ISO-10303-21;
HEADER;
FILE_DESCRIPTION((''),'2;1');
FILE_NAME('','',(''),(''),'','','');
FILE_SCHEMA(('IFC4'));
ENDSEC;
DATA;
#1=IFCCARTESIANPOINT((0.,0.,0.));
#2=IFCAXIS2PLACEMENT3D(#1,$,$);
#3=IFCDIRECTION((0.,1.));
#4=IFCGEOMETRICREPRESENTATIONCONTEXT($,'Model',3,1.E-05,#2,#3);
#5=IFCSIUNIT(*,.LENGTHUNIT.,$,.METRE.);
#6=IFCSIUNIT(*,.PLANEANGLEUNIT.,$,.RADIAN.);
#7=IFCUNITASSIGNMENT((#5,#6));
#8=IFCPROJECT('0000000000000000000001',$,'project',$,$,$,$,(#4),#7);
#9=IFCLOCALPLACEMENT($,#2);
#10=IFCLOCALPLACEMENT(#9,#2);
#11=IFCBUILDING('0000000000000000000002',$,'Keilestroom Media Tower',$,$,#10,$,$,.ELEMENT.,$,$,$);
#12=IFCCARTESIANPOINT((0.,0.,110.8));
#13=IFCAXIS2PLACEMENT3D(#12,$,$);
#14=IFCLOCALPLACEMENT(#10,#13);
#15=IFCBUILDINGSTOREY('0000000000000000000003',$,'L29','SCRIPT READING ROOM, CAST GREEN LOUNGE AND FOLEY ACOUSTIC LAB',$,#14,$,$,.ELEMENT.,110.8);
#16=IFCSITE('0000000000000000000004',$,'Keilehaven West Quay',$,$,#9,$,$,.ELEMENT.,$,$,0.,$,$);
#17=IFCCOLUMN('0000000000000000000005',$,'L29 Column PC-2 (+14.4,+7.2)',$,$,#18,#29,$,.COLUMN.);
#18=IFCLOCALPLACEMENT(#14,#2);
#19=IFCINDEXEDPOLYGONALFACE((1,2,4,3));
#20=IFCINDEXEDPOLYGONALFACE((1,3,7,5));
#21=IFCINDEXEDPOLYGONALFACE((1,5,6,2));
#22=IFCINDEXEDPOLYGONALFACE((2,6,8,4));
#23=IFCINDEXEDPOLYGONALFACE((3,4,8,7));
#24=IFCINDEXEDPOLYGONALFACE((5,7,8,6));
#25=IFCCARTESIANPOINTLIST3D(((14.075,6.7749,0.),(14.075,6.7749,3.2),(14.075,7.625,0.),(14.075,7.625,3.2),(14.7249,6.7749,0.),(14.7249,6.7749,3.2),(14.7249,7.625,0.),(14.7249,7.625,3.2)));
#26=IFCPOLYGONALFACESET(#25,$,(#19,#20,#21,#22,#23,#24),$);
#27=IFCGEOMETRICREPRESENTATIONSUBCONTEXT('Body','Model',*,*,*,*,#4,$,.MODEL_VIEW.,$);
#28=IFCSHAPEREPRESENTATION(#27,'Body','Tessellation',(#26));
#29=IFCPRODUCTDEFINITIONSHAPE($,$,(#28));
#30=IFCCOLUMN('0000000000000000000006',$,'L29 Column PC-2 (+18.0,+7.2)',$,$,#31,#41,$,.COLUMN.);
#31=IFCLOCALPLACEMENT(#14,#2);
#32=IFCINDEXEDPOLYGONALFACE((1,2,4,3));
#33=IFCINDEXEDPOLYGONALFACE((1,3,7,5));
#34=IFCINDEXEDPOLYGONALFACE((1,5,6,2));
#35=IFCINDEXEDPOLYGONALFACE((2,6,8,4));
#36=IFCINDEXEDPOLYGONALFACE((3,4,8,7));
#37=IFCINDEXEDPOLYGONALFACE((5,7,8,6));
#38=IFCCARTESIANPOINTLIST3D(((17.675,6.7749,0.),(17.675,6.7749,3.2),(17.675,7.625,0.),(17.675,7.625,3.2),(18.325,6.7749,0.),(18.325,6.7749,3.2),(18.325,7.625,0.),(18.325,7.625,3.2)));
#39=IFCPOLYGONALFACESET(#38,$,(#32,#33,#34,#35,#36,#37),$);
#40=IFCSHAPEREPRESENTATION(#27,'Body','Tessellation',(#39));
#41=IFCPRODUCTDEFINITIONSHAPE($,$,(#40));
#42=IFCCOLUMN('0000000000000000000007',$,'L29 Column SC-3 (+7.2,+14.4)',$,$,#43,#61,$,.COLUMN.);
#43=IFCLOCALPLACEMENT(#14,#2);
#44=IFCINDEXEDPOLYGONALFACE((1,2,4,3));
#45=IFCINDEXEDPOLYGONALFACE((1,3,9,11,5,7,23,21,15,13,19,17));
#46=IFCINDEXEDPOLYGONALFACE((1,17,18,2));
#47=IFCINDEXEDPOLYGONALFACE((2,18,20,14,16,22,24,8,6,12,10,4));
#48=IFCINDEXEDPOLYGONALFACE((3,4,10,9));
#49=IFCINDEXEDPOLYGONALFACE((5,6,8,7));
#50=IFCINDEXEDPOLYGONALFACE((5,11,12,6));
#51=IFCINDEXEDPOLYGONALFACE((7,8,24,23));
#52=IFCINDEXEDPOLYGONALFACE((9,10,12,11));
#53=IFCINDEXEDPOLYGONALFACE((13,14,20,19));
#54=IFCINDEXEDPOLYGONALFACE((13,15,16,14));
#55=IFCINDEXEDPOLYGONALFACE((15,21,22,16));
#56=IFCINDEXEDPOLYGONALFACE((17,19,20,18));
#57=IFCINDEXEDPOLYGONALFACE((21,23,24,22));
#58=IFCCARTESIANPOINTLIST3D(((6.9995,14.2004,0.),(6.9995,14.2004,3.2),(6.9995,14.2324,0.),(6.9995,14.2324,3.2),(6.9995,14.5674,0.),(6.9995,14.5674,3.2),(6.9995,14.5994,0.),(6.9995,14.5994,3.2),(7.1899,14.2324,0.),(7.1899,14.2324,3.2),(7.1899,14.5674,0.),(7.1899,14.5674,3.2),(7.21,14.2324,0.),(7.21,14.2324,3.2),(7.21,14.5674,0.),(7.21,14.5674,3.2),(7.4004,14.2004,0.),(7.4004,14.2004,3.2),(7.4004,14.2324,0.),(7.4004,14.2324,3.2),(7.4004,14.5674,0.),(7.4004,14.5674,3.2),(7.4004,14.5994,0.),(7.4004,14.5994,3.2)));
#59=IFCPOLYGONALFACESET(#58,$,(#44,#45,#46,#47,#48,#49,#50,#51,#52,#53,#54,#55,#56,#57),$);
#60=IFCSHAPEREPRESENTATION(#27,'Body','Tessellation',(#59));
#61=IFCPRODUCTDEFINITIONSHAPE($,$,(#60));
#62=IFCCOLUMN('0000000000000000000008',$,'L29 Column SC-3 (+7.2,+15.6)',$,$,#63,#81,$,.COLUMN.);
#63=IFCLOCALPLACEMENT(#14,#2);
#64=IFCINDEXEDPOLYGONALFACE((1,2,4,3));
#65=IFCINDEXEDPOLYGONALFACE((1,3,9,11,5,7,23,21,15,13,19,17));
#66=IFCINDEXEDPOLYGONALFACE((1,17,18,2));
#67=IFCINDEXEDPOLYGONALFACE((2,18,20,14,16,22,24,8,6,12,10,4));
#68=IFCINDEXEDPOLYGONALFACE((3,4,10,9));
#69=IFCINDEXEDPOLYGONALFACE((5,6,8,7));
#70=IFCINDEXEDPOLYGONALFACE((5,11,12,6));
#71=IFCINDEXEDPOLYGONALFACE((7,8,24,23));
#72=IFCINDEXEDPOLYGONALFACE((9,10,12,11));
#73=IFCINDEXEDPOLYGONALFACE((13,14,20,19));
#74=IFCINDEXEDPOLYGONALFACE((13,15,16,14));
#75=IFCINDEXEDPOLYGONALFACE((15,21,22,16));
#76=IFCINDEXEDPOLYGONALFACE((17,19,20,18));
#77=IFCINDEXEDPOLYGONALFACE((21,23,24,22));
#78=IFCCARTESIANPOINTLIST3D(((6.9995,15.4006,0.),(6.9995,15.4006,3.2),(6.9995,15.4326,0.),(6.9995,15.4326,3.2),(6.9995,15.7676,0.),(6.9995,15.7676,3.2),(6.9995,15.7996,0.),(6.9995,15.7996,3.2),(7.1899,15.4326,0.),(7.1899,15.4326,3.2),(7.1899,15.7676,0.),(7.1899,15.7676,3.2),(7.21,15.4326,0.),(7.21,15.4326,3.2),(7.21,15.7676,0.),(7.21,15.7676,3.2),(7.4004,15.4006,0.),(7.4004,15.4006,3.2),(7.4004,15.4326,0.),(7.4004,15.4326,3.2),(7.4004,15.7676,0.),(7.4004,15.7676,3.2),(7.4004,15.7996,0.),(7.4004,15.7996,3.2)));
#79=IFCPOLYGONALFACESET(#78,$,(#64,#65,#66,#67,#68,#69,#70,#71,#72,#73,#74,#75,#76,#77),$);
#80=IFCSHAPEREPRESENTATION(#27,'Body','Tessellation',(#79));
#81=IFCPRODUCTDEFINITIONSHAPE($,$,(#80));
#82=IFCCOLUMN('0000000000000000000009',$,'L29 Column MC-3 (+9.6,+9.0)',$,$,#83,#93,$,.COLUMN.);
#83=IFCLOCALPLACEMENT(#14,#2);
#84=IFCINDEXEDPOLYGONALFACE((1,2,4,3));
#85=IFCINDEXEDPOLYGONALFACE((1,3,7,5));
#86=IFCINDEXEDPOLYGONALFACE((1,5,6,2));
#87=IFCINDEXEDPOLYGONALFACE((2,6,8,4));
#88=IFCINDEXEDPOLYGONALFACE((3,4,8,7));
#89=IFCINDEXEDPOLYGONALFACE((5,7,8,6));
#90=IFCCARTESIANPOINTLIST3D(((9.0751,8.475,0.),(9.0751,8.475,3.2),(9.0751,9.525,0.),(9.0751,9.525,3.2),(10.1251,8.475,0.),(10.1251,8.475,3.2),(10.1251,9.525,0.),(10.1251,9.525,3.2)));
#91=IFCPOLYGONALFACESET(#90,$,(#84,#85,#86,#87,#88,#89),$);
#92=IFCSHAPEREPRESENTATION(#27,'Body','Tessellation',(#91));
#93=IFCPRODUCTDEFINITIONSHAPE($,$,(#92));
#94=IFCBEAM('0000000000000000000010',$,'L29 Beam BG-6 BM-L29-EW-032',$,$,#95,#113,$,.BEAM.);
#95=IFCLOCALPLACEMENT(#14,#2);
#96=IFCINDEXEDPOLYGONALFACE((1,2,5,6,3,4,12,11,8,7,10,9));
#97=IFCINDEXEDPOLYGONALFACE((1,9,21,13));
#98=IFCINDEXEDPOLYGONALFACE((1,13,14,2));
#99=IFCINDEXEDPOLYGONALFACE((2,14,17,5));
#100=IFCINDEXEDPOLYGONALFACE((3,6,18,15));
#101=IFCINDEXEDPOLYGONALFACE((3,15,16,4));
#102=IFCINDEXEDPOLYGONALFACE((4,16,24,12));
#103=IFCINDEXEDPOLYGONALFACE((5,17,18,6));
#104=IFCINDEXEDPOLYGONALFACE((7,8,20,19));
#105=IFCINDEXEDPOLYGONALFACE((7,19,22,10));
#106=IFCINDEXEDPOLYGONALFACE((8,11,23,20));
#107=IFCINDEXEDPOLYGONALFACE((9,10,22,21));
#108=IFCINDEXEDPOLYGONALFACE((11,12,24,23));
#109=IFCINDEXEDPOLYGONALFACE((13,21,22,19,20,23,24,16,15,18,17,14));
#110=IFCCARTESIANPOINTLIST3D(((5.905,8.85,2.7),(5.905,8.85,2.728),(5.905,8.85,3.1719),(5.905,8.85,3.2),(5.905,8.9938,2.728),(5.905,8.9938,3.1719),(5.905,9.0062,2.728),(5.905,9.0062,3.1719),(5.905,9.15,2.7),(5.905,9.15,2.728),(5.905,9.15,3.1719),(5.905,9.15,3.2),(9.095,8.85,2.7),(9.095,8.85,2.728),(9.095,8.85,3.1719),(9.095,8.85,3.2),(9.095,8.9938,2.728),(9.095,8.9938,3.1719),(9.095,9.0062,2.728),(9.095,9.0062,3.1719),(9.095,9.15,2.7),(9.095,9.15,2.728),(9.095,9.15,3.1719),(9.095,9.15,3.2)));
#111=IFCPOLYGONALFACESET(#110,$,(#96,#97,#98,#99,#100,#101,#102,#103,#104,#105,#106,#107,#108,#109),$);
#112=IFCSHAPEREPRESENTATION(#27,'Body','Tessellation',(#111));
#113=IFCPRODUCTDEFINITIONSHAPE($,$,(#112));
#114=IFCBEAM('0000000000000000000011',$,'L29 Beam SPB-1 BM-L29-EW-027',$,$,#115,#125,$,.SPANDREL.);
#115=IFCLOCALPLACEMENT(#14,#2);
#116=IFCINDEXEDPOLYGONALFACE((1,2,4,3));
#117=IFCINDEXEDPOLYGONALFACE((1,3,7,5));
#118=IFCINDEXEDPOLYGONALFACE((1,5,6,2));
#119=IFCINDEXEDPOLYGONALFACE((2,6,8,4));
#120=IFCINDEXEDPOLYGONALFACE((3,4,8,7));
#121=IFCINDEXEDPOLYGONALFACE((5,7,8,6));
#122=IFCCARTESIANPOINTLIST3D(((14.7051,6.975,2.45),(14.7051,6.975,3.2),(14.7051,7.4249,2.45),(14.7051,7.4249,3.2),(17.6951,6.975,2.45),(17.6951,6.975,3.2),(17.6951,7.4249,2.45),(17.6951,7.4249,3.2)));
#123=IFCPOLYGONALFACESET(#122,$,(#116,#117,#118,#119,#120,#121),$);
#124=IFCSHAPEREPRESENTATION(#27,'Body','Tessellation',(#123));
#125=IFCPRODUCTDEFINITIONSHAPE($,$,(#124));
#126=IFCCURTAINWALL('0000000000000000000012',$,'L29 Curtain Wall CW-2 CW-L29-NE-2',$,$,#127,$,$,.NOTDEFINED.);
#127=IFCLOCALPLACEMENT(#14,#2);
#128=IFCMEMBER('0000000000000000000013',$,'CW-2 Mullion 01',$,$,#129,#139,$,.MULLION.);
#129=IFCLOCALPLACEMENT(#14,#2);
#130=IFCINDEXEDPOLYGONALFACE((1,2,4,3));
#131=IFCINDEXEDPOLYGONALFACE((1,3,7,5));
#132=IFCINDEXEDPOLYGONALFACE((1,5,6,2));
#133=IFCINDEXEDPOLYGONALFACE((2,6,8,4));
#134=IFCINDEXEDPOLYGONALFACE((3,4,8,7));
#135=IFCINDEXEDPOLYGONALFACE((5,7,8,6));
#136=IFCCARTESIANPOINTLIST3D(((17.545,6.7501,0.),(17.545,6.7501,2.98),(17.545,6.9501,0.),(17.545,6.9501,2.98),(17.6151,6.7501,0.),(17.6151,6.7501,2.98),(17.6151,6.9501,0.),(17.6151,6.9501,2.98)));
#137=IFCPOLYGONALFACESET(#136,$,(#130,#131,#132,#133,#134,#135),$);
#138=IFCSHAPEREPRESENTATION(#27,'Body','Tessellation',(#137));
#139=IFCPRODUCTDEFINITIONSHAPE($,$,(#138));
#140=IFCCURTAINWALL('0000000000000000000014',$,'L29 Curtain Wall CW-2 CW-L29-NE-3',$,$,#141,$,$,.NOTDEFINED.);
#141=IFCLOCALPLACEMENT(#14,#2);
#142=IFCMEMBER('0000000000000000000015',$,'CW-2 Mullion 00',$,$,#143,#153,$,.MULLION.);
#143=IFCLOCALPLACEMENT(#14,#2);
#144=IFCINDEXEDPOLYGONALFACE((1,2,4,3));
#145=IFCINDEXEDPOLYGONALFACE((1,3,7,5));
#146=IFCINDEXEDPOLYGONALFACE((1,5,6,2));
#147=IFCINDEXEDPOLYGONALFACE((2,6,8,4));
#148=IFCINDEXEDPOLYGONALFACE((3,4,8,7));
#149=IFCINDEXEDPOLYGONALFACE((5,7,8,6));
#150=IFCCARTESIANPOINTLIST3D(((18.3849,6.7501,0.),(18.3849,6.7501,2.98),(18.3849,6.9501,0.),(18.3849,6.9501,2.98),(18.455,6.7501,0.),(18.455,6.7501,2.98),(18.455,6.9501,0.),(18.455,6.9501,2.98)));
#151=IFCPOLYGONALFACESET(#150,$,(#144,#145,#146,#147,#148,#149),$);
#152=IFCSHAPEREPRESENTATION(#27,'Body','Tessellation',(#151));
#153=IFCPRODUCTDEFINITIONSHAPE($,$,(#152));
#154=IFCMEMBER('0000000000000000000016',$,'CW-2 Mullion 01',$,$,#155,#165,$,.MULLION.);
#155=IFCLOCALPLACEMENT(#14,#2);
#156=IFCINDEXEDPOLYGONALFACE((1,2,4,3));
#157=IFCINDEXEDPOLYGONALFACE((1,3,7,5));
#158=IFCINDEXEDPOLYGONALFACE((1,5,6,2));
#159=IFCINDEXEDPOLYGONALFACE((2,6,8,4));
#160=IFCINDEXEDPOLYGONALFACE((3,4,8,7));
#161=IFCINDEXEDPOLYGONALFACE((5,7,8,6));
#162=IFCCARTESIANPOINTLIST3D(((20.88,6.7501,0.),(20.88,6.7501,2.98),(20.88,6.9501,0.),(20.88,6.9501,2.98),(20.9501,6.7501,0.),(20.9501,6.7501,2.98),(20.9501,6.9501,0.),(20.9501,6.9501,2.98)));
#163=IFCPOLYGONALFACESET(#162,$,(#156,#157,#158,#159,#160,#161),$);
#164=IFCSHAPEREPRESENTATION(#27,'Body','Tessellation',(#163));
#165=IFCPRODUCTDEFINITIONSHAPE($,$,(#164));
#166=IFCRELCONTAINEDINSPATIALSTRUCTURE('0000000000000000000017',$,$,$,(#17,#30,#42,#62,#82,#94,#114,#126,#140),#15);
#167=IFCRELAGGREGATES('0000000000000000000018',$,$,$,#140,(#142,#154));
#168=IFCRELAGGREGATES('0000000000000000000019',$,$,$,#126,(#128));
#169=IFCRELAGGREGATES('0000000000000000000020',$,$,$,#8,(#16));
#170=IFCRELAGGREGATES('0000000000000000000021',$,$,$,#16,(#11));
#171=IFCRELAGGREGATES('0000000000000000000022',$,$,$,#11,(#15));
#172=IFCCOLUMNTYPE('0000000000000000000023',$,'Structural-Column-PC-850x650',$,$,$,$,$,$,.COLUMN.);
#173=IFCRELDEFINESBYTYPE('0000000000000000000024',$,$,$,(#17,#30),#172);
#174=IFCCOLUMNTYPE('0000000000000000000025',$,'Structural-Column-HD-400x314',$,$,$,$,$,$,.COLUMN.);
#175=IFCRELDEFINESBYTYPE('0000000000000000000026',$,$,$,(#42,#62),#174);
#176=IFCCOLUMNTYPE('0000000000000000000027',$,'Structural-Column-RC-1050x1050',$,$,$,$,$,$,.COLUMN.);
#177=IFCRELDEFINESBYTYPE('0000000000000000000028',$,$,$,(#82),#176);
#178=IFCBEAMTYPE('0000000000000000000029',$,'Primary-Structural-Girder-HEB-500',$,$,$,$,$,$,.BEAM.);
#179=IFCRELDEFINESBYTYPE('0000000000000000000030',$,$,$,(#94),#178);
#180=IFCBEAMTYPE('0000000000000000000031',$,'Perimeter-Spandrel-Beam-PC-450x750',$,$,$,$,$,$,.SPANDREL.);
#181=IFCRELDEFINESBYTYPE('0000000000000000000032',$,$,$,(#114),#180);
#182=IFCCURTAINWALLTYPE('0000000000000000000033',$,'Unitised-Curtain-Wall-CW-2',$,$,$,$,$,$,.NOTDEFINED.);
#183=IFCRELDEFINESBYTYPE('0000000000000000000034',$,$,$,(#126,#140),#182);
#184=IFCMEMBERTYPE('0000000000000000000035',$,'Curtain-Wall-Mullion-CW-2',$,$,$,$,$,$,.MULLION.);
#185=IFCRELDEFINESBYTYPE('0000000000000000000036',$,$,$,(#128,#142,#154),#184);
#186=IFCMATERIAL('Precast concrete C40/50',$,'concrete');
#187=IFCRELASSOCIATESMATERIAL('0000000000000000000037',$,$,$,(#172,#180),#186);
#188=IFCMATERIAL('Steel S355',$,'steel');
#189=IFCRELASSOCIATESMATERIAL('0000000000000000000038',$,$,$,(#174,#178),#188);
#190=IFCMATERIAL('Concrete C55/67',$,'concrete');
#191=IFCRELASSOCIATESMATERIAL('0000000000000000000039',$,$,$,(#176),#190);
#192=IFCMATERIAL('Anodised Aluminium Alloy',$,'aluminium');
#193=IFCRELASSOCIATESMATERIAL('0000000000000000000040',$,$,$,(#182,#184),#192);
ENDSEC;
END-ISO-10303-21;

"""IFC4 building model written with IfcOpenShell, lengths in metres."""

from ifc_helpers import new_model, si_unit, direction, frame, origin, origin_2d, place, context, subcontext, project, spatial, rectangle, i_section, extrude, source, transform, mapped, material, material_profile, profile_set, type_object, element, aggregate, save


model = new_model("IFC4")

# Units and contexts
model_context = context("Model", 3, precision=1e-05, world=origin(), true_north=direction((0.0, 1.0)))
body_context = subcontext(model_context, "Body", "Model", "MODEL_VIEW")
ifc_project = project(units=[si_unit("LENGTHUNIT", "METRE"), si_unit("PLANEANGLEUNIT", "RADIAN")], contexts=[model_context])

# Site, building, storey
site_placement = place(None, origin())
site = spatial("IfcSite", under=ifc_project, at=site_placement, Name="Keilehaven West Quay", CompositionType="ELEMENT", RefElevation=0.0)
building_placement = place(site_placement, origin())
building = spatial("IfcBuilding", under=site, at=building_placement, Name="Keilestroom Media Tower", CompositionType="ELEMENT")
storey_placement = place(building_placement, frame((0.0, 0.0, 110.8)))
storey = spatial("IfcBuildingStorey", under=building, at=storey_placement, Name="L29", Description="SCRIPT READING ROOM, CAST GREEN LOUNGE AND FOLEY ACOUSTIC LAB", CompositionType="ELEMENT", Elevation=110.8)

# Columns
ifc_material_1 = material(Name="Precast concrete C40/50", Category="concrete")
ifc_material_profile_1 = material_profile(ifc_material_1, rectangle(XDim=0.6499, YDim=0.8501, at=origin_2d()), Name="PC 850x650")
ifc_profile_set_1 = profile_set([ifc_material_profile_1], Name="Precast concrete C40/50")
column_type_1 = type_object("IfcColumnType", Name="Structural-Column-PC-850x650", PredefinedType="COLUMN", material=ifc_profile_set_1)
shared_shape_1 = source(origin(), body_context, "Body", "SweptSolid", [
    extrude(rectangle(XDim=0.6499, YDim=0.8501, at=origin_2d()), origin(), (0.0, 0.0, 1.0), 3.2),
])
for number, where, z_axis, x_axis, name in (
    (1, (14.3999, 7.2, 0.0), (0.0, 0.0, 1.0), (1.0, 0.0, 0.0), "L29 Column PC-2 (+14.4,+7.2)"),
    (2, (18.0, 7.2, 0.0), (0.0, 0.0, 1.0), (1.0, 0.0, 0.0), "L29 Column PC-2 (+18.0,+7.2)"),
):
    element("IfcColumn", number, at=place(storey_placement, frame(where, z_axis=z_axis, x_axis=x_axis)), inside=storey, type_object=column_type_1, Name=name, PredefinedType="COLUMN", context=body_context, shape_type="MappedRepresentation", body=[
        mapped(shared_shape_1, transform((0.0, 0.0, 0.0), x_axis=(1.0, 0.0, 0.0), y_axis=(0.0, 1.0, 0.0), z_axis=(0.0, 0.0, 1.0), scale=1.0)),
    ])
ifc_material_2 = material(Name="Steel S355", Category="steel")
ifc_material_profile_2 = material_profile(ifc_material_2, i_section(OverallWidth=0.4009, OverallDepth=0.3989, WebThickness=0.02, FlangeThickness=0.032, at=origin_2d()), Name="HD 400x314")
ifc_profile_set_2 = profile_set([ifc_material_profile_2], Name="Steel S355")
column_type_2 = type_object("IfcColumnType", Name="Structural-Column-HD-400x314", PredefinedType="COLUMN", material=ifc_profile_set_2)
shared_shape_2 = source(origin(), body_context, "Body", "SweptSolid", [
    extrude(i_section(OverallWidth=0.4009, OverallDepth=0.3989, WebThickness=0.02, FlangeThickness=0.032, at=origin_2d()), origin(), (0.0, 0.0, 1.0), 3.2),
])
for number, where, z_axis, x_axis, name in (
    (3, (7.2, 14.3999, 0.0), (0.0, 0.0, 1.0), (1.0, 0.0, 0.0), "L29 Column SC-3 (+7.2,+14.4)"),
    (4, (7.2, 15.6001, 0.0), (0.0, 0.0, 1.0), (1.0, 0.0, 0.0), "L29 Column SC-3 (+7.2,+15.6)"),
):
    element("IfcColumn", number, at=place(storey_placement, frame(where, z_axis=z_axis, x_axis=x_axis)), inside=storey, type_object=column_type_2, Name=name, PredefinedType="COLUMN", context=body_context, shape_type="MappedRepresentation", body=[
        mapped(shared_shape_2, transform((0.0, 0.0, 0.0), x_axis=(1.0, 0.0, 0.0), y_axis=(0.0, 1.0, 0.0), z_axis=(0.0, 0.0, 1.0), scale=1.0)),
    ])
ifc_material_3 = material(Name="Concrete C55/67", Category="concrete")
ifc_material_profile_3 = material_profile(ifc_material_3, rectangle(XDim=1.05, YDim=1.05, at=origin_2d()), Name="RC 1050x1050")
ifc_profile_set_3 = profile_set([ifc_material_profile_3], Name="Concrete C55/67")
column_type_3 = type_object("IfcColumnType", Name="Structural-Column-RC-1050x1050", PredefinedType="COLUMN", material=ifc_profile_set_3)
shared_shape_3 = source(origin(), body_context, "Body", "SweptSolid", [
    extrude(rectangle(XDim=1.05, YDim=1.05, at=origin_2d()), origin(), (0.0, 0.0, 1.0), 3.2),
])
column_placement = place(storey_placement, frame((9.6001, 9.0, 0.0), z_axis=(0.0, 0.0, 1.0), x_axis=(1.0, 0.0, 0.0)))
element("IfcColumn", 5, at=column_placement, inside=storey, type_object=column_type_3, Name="L29 Column MC-3 (+9.6,+9.0)", PredefinedType="COLUMN", context=body_context, shape_type="MappedRepresentation", body=[
    mapped(shared_shape_3, transform((0.0, 0.0, 0.0), x_axis=(1.0, 0.0, 0.0), y_axis=(0.0, 1.0, 0.0), z_axis=(0.0, 0.0, 1.0), scale=1.0)),
])

# Beams
ifc_material_profile_4 = material_profile(ifc_material_2, i_section(OverallWidth=0.3, OverallDepth=0.5, WebThickness=0.0125, FlangeThickness=0.0281, at=origin_2d()), Name="HEB 500")
ifc_profile_set_4 = profile_set([ifc_material_profile_4], Name="Steel S355")
beam_type_1 = type_object("IfcBeamType", Name="Primary-Structural-Girder-HEB-500", PredefinedType="BEAM", material=ifc_profile_set_4)
shared_shape_4 = source(origin(), body_context, "Body", "SweptSolid", [
    extrude(i_section(OverallWidth=0.3, OverallDepth=0.5, WebThickness=0.0125, FlangeThickness=0.0281, at=origin_2d()), origin(), (0.0, 0.0, 1.0), 3.1899),
])
beam_1_placement = place(storey_placement, frame((5.905, 9.0, 2.95), z_axis=(1.0, 0.0, 0.0), x_axis=(0.0, 1.0, 0.0)))
element("IfcBeam", 6, at=beam_1_placement, inside=storey, type_object=beam_type_1, Name="L29 Beam BG-6 BM-L29-EW-032", PredefinedType="BEAM", context=body_context, shape_type="MappedRepresentation", body=[
    mapped(shared_shape_4, transform((0.0, 0.0, 0.0), x_axis=(1.0, 0.0, 0.0), y_axis=(0.0, 1.0, 0.0), z_axis=(0.0, 0.0, 1.0), scale=1.0)),
])
ifc_material_profile_5 = material_profile(ifc_material_1, rectangle(XDim=0.45, YDim=0.75, at=origin_2d()), Name="PC 450x750")
ifc_profile_set_5 = profile_set([ifc_material_profile_5], Name="Precast concrete C40/50")
beam_type_2 = type_object("IfcBeamType", Name="Perimeter-Spandrel-Beam-PC-450x750", PredefinedType="SPANDREL", material=ifc_profile_set_5)
shared_shape_5 = source(origin(), body_context, "Body", "SweptSolid", [
    extrude(rectangle(XDim=0.45, YDim=0.75, at=origin_2d()), origin(), (0.0, 0.0, 1.0), 2.99),
])
beam_2_placement = place(storey_placement, frame((14.7051, 7.2, 2.825), z_axis=(1.0, 0.0, 0.0), x_axis=(0.0, 1.0, 0.0)))
element("IfcBeam", 7, at=beam_2_placement, inside=storey, type_object=beam_type_2, Name="L29 Beam SPB-1 BM-L29-EW-027", PredefinedType="SPANDREL", context=body_context, shape_type="MappedRepresentation", body=[
    mapped(shared_shape_5, transform((0.0, 0.0, 0.0), x_axis=(1.0, 0.0, 0.0), y_axis=(0.0, 1.0, 0.0), z_axis=(0.0, 0.0, 1.0), scale=1.0)),
])

# Curtain wall, member
ifc_material_4 = material(Name="Anodised Aluminium Alloy", Category="aluminium")
curtain_wall_type = type_object("IfcCurtainWallType", Name="Unitised-Curtain-Wall-CW-2", PredefinedType="NOTDEFINED", material=ifc_material_4)
curtain_wall_1_placement = place(storey_placement, origin())
curtain_wall_1 = element("IfcCurtainWall", 8, at=curtain_wall_1_placement, inside=storey, type_object=curtain_wall_type, Name="L29 Curtain Wall CW-2 CW-L29-NE-2", PredefinedType="NOTDEFINED")
ifc_material_profile_6 = material_profile(ifc_material_4, rectangle(XDim=0.0701, YDim=0.2, at=origin_2d()), Name="ALU MULLION 70x200")
ifc_profile_set_6 = profile_set([ifc_material_profile_6], Name="Anodised Aluminium Alloy")
member_type_1 = type_object("IfcMemberType", Name="Curtain-Wall-Mullion-CW-2", PredefinedType="MULLION", material=ifc_profile_set_6)
shared_shape_6 = source(origin(), body_context, "Body", "SweptSolid", [
    extrude(rectangle(XDim=0.0701, YDim=0.2, at=origin_2d()), origin(), (0.0, 0.0, 1.0), 2.98),
])
member_1_placement = place(storey_placement, frame((17.5801, 6.8501, 0.0), z_axis=(0.0, 0.0, 1.0), x_axis=(1.0, 0.0, 0.0)))
member_1 = element("IfcMember", 9, at=member_1_placement, type_object=member_type_1, Name="CW-2 Mullion 01", PredefinedType="MULLION", context=body_context, shape_type="MappedRepresentation", body=[
    mapped(shared_shape_6, transform((0.0, 0.0, 0.0), x_axis=(1.0, 0.0, 0.0), y_axis=(0.0, 1.0, 0.0), z_axis=(0.0, 0.0, 1.0), scale=1.0)),
])

# Curtain wall, members
curtain_wall_2_placement = place(storey_placement, origin())
curtain_wall_2 = element("IfcCurtainWall", 10, at=curtain_wall_2_placement, inside=storey, type_object=curtain_wall_type, Name="L29 Curtain Wall CW-2 CW-L29-NE-3", PredefinedType="NOTDEFINED")
member_2_placement = place(storey_placement, frame((18.4199, 6.8501, 0.0), z_axis=(0.0, 0.0, 1.0), x_axis=(1.0, 0.0, 0.0)))
member_2 = element("IfcMember", 11, at=member_2_placement, type_object=member_type_1, Name="CW-2 Mullion 00", PredefinedType="MULLION", context=body_context, shape_type="MappedRepresentation", body=[
    mapped(shared_shape_6, transform((0.0, 0.0, 0.0), x_axis=(1.0, 0.0, 0.0), y_axis=(0.0, 1.0, 0.0), z_axis=(0.0, 0.0, 1.0), scale=1.0)),
])
member_3_placement = place(storey_placement, frame((20.915, 6.8501, 0.0), z_axis=(0.0, 0.0, 1.0), x_axis=(1.0, 0.0, 0.0)))
member_3 = element("IfcMember", 12, at=member_3_placement, type_object=member_type_1, Name="CW-2 Mullion 01", PredefinedType="MULLION", context=body_context, shape_type="MappedRepresentation", body=[
    mapped(shared_shape_6, transform((0.0, 0.0, 0.0), x_axis=(1.0, 0.0, 0.0), y_axis=(0.0, 1.0, 0.0), z_axis=(0.0, 0.0, 1.0), scale=1.0)),
])

aggregate(curtain_wall_2, [member_2, member_3])
aggregate(curtain_wall_1, [member_1])

save(model, "model.ifc")
